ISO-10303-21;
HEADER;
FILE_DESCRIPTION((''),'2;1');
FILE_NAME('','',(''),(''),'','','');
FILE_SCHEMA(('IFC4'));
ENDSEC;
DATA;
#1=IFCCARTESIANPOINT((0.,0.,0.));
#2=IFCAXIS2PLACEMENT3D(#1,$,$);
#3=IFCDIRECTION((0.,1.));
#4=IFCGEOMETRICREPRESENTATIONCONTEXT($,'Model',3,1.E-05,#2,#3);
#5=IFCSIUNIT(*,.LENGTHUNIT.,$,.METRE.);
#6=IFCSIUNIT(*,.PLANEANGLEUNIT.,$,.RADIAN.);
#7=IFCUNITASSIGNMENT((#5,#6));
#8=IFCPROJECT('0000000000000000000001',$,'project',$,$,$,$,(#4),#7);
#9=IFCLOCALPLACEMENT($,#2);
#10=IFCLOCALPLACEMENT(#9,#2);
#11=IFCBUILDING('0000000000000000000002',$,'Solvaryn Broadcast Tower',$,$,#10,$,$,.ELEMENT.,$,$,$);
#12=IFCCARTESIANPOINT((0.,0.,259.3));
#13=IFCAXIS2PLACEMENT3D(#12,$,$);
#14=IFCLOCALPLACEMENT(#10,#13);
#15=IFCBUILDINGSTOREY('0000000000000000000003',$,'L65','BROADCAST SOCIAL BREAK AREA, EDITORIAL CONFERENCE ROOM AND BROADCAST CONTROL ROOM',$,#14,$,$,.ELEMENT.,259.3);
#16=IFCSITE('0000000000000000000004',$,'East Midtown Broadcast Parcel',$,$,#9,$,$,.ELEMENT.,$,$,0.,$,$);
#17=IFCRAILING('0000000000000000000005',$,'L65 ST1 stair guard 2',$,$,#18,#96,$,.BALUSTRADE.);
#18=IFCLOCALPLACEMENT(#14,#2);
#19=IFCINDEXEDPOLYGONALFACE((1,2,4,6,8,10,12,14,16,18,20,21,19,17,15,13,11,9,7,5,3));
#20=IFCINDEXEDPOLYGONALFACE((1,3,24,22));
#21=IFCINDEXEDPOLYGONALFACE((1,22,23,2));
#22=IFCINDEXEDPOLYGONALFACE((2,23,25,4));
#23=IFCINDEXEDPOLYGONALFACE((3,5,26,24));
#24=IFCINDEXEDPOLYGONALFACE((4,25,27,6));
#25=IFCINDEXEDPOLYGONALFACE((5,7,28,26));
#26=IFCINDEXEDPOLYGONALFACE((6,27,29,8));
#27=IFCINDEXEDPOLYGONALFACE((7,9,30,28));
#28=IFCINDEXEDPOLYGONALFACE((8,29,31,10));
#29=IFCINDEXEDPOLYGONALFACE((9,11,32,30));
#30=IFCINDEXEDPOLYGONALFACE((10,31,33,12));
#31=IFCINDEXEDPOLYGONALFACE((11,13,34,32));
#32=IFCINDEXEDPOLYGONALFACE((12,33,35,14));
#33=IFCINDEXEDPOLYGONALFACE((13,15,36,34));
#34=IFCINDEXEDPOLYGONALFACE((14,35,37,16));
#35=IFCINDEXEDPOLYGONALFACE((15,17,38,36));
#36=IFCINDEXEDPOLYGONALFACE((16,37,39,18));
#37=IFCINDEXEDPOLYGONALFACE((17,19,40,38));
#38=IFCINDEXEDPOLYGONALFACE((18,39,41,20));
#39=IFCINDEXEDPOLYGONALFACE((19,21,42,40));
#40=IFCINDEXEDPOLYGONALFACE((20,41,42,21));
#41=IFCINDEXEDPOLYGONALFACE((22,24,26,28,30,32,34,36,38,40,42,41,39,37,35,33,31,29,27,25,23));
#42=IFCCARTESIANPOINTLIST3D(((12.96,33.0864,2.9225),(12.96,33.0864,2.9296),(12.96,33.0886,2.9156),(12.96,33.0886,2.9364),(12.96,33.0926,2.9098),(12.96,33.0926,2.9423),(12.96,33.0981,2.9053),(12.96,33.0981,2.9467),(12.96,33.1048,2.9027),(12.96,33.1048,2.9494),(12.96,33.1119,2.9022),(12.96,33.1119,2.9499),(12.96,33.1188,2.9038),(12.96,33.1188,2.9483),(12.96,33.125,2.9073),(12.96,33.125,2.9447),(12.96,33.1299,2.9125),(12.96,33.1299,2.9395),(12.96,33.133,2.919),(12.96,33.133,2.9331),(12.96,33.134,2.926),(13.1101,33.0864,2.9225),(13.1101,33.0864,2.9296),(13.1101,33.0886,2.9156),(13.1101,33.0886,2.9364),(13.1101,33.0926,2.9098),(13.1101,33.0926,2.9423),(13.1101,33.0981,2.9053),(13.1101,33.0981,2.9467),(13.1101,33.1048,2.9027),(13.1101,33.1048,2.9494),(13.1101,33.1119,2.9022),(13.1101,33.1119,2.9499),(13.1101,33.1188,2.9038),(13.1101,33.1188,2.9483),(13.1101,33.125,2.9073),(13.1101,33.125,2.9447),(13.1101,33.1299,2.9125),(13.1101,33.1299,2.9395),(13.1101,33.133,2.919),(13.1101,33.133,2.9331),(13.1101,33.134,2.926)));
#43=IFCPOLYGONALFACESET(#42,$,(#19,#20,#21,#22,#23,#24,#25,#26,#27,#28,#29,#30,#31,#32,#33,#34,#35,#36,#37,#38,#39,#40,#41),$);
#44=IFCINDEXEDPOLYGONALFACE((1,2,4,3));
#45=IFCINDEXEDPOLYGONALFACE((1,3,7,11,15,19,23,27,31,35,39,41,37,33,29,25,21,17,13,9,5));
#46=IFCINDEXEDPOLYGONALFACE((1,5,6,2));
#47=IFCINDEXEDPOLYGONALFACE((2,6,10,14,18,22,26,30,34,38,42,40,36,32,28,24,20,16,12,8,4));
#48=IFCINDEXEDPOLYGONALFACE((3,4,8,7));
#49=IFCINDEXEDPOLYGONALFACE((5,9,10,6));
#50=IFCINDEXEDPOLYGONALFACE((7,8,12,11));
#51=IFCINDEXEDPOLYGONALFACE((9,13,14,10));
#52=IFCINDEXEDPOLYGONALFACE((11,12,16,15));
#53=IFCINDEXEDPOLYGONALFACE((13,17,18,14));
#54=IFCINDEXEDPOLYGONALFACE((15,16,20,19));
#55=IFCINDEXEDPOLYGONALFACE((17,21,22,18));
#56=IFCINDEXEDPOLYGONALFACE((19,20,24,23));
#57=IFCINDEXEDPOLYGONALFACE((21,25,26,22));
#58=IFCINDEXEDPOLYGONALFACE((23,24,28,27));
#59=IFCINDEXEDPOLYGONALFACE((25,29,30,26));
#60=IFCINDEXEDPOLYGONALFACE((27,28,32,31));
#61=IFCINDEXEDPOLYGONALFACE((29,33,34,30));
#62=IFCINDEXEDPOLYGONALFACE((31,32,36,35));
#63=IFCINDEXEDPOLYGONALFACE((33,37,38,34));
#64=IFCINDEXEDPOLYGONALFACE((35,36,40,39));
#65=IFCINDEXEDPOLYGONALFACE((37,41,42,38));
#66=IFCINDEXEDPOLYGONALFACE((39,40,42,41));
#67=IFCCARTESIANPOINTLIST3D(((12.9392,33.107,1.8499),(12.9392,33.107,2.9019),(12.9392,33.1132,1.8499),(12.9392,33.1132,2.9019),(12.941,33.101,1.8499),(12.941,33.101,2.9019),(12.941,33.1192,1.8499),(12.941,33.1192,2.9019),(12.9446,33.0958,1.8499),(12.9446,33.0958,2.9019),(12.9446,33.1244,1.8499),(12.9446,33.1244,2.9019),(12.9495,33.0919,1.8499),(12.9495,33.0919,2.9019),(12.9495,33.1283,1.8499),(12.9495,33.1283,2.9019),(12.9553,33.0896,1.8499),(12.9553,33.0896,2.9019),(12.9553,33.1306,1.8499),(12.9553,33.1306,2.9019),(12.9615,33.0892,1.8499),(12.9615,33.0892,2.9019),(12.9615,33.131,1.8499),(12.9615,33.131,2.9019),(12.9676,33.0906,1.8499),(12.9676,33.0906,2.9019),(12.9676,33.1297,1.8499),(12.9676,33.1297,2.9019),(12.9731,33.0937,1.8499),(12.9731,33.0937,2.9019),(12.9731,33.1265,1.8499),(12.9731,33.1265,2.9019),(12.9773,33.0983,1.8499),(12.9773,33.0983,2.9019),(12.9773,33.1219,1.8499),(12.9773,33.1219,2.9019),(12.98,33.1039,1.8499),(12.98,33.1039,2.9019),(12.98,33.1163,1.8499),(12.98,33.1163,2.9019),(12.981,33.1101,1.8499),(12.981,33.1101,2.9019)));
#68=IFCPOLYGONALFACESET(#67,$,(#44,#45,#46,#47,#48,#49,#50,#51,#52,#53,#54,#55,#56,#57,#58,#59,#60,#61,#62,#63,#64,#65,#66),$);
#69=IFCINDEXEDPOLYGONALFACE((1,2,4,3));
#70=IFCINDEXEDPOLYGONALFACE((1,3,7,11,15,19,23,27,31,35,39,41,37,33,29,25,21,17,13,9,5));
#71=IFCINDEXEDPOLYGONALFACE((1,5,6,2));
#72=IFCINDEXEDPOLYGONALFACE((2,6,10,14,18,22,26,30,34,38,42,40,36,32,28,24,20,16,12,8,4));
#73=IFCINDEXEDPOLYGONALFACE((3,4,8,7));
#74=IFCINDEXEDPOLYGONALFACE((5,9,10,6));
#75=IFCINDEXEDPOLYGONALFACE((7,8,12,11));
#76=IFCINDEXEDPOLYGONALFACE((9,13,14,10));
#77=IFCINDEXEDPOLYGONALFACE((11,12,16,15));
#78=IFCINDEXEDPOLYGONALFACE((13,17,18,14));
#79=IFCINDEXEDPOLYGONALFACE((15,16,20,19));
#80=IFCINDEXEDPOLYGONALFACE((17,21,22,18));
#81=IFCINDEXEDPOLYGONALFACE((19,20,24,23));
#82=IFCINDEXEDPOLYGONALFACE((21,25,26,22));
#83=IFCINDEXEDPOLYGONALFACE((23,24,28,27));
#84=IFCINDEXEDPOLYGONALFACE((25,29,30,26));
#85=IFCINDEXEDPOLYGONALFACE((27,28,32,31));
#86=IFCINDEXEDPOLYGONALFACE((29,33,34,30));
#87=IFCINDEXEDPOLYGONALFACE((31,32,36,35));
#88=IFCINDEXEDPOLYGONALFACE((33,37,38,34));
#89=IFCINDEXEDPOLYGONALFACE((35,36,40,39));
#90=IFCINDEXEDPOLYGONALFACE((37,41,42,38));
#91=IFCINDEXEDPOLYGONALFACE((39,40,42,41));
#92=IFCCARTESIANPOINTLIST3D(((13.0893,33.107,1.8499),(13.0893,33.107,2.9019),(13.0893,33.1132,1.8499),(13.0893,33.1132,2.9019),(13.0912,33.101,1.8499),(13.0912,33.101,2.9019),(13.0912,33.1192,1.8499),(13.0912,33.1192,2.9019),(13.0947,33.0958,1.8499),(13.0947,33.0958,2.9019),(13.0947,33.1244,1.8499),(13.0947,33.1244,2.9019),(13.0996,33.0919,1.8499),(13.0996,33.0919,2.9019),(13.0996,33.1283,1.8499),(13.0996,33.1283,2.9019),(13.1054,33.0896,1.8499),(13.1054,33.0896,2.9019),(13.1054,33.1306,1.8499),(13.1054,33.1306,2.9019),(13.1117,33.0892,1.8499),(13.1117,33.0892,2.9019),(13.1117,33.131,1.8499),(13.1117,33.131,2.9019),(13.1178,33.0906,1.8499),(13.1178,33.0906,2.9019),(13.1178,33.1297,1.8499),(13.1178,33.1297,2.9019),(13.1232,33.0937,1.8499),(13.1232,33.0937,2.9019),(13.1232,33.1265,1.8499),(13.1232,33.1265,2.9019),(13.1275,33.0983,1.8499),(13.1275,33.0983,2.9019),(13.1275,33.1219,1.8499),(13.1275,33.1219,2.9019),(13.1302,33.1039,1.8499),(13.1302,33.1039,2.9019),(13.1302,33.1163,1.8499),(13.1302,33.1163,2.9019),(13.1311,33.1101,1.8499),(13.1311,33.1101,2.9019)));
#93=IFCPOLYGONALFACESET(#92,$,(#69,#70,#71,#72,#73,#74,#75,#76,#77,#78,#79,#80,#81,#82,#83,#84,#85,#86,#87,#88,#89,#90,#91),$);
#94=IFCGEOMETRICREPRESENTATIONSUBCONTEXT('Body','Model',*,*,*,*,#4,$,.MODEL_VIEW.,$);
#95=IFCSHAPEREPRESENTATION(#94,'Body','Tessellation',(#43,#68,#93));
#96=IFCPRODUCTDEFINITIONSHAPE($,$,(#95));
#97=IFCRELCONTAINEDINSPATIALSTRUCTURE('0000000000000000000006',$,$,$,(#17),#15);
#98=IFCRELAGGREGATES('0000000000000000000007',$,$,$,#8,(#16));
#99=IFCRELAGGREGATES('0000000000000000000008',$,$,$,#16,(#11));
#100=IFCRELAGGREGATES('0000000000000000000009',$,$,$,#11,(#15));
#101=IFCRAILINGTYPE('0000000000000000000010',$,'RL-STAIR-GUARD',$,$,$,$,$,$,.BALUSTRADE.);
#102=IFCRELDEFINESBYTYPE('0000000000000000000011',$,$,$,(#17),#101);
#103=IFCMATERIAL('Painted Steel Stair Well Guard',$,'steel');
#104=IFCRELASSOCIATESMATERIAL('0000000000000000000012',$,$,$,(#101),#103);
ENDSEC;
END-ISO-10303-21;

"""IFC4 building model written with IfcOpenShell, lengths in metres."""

from ifc_helpers import new_model, si_unit, direction, frame, origin, origin_2d, place, context, subcontext, project, spatial, circle, extrude, material, type_object, element, save


model = new_model("IFC4")

# Units and contexts
model_context = context("Model", 3, precision=1e-05, world=origin(), true_north=direction((0.0, 1.0)))
body_context = subcontext(model_context, "Body", "Model", "MODEL_VIEW")
ifc_project = project(units=[si_unit("LENGTHUNIT", "METRE"), si_unit("PLANEANGLEUNIT", "RADIAN")], contexts=[model_context])

# Site, building, storey
site_placement = place(None, origin())
site = spatial("IfcSite", under=ifc_project, at=site_placement, Name="East Midtown Broadcast Parcel", CompositionType="ELEMENT", RefElevation=0.0)
building_placement = place(site_placement, origin())
building = spatial("IfcBuilding", under=site, at=building_placement, Name="Solvaryn Broadcast Tower", CompositionType="ELEMENT")
storey_placement = place(building_placement, frame((0.0, 0.0, 259.3)))
storey = spatial("IfcBuildingStorey", under=building, at=storey_placement, Name="L65", Description="BROADCAST SOCIAL BREAK AREA, EDITORIAL CONFERENCE ROOM AND BROADCAST CONTROL ROOM", CompositionType="ELEMENT", Elevation=259.3)

# Railing
ifc_material_1 = material(Name="Painted Steel Stair Well Guard", Category="steel")
railing_type_1 = type_object("IfcRailingType", Name="RL-STAIR-GUARD", PredefinedType="BALUSTRADE", material=ifc_material_1)
railing_1_placement = place(storey_placement, frame((12.96, 33.1101, 1.8499)))
element("IfcRailing", 1, at=railing_1_placement, inside=storey, type_object=railing_type_1, Name="L65 ST1 stair guard 2", PredefinedType="BALUSTRADE", context=body_context, shape_type="SweptSolid", body=[
    extrude(circle(Radius=0.0239, at=origin_2d()), frame((0.0, 0.0, 1.0762), z_axis=(1.0, 0.0, 0.0), x_axis=(0.0, 1.0, 0.0)), (0.0, 0.0, 1.0), 0.1501),
    extrude(circle(Radius=0.021, at=origin_2d()), origin(), (0.0, 0.0, 1.0), 1.052),
    extrude(circle(Radius=0.021, at=origin_2d()), frame((0.1501, 0.0, 0.0)), (0.0, 0.0, 1.0), 1.052),
])

save(model, "model.ifc")
